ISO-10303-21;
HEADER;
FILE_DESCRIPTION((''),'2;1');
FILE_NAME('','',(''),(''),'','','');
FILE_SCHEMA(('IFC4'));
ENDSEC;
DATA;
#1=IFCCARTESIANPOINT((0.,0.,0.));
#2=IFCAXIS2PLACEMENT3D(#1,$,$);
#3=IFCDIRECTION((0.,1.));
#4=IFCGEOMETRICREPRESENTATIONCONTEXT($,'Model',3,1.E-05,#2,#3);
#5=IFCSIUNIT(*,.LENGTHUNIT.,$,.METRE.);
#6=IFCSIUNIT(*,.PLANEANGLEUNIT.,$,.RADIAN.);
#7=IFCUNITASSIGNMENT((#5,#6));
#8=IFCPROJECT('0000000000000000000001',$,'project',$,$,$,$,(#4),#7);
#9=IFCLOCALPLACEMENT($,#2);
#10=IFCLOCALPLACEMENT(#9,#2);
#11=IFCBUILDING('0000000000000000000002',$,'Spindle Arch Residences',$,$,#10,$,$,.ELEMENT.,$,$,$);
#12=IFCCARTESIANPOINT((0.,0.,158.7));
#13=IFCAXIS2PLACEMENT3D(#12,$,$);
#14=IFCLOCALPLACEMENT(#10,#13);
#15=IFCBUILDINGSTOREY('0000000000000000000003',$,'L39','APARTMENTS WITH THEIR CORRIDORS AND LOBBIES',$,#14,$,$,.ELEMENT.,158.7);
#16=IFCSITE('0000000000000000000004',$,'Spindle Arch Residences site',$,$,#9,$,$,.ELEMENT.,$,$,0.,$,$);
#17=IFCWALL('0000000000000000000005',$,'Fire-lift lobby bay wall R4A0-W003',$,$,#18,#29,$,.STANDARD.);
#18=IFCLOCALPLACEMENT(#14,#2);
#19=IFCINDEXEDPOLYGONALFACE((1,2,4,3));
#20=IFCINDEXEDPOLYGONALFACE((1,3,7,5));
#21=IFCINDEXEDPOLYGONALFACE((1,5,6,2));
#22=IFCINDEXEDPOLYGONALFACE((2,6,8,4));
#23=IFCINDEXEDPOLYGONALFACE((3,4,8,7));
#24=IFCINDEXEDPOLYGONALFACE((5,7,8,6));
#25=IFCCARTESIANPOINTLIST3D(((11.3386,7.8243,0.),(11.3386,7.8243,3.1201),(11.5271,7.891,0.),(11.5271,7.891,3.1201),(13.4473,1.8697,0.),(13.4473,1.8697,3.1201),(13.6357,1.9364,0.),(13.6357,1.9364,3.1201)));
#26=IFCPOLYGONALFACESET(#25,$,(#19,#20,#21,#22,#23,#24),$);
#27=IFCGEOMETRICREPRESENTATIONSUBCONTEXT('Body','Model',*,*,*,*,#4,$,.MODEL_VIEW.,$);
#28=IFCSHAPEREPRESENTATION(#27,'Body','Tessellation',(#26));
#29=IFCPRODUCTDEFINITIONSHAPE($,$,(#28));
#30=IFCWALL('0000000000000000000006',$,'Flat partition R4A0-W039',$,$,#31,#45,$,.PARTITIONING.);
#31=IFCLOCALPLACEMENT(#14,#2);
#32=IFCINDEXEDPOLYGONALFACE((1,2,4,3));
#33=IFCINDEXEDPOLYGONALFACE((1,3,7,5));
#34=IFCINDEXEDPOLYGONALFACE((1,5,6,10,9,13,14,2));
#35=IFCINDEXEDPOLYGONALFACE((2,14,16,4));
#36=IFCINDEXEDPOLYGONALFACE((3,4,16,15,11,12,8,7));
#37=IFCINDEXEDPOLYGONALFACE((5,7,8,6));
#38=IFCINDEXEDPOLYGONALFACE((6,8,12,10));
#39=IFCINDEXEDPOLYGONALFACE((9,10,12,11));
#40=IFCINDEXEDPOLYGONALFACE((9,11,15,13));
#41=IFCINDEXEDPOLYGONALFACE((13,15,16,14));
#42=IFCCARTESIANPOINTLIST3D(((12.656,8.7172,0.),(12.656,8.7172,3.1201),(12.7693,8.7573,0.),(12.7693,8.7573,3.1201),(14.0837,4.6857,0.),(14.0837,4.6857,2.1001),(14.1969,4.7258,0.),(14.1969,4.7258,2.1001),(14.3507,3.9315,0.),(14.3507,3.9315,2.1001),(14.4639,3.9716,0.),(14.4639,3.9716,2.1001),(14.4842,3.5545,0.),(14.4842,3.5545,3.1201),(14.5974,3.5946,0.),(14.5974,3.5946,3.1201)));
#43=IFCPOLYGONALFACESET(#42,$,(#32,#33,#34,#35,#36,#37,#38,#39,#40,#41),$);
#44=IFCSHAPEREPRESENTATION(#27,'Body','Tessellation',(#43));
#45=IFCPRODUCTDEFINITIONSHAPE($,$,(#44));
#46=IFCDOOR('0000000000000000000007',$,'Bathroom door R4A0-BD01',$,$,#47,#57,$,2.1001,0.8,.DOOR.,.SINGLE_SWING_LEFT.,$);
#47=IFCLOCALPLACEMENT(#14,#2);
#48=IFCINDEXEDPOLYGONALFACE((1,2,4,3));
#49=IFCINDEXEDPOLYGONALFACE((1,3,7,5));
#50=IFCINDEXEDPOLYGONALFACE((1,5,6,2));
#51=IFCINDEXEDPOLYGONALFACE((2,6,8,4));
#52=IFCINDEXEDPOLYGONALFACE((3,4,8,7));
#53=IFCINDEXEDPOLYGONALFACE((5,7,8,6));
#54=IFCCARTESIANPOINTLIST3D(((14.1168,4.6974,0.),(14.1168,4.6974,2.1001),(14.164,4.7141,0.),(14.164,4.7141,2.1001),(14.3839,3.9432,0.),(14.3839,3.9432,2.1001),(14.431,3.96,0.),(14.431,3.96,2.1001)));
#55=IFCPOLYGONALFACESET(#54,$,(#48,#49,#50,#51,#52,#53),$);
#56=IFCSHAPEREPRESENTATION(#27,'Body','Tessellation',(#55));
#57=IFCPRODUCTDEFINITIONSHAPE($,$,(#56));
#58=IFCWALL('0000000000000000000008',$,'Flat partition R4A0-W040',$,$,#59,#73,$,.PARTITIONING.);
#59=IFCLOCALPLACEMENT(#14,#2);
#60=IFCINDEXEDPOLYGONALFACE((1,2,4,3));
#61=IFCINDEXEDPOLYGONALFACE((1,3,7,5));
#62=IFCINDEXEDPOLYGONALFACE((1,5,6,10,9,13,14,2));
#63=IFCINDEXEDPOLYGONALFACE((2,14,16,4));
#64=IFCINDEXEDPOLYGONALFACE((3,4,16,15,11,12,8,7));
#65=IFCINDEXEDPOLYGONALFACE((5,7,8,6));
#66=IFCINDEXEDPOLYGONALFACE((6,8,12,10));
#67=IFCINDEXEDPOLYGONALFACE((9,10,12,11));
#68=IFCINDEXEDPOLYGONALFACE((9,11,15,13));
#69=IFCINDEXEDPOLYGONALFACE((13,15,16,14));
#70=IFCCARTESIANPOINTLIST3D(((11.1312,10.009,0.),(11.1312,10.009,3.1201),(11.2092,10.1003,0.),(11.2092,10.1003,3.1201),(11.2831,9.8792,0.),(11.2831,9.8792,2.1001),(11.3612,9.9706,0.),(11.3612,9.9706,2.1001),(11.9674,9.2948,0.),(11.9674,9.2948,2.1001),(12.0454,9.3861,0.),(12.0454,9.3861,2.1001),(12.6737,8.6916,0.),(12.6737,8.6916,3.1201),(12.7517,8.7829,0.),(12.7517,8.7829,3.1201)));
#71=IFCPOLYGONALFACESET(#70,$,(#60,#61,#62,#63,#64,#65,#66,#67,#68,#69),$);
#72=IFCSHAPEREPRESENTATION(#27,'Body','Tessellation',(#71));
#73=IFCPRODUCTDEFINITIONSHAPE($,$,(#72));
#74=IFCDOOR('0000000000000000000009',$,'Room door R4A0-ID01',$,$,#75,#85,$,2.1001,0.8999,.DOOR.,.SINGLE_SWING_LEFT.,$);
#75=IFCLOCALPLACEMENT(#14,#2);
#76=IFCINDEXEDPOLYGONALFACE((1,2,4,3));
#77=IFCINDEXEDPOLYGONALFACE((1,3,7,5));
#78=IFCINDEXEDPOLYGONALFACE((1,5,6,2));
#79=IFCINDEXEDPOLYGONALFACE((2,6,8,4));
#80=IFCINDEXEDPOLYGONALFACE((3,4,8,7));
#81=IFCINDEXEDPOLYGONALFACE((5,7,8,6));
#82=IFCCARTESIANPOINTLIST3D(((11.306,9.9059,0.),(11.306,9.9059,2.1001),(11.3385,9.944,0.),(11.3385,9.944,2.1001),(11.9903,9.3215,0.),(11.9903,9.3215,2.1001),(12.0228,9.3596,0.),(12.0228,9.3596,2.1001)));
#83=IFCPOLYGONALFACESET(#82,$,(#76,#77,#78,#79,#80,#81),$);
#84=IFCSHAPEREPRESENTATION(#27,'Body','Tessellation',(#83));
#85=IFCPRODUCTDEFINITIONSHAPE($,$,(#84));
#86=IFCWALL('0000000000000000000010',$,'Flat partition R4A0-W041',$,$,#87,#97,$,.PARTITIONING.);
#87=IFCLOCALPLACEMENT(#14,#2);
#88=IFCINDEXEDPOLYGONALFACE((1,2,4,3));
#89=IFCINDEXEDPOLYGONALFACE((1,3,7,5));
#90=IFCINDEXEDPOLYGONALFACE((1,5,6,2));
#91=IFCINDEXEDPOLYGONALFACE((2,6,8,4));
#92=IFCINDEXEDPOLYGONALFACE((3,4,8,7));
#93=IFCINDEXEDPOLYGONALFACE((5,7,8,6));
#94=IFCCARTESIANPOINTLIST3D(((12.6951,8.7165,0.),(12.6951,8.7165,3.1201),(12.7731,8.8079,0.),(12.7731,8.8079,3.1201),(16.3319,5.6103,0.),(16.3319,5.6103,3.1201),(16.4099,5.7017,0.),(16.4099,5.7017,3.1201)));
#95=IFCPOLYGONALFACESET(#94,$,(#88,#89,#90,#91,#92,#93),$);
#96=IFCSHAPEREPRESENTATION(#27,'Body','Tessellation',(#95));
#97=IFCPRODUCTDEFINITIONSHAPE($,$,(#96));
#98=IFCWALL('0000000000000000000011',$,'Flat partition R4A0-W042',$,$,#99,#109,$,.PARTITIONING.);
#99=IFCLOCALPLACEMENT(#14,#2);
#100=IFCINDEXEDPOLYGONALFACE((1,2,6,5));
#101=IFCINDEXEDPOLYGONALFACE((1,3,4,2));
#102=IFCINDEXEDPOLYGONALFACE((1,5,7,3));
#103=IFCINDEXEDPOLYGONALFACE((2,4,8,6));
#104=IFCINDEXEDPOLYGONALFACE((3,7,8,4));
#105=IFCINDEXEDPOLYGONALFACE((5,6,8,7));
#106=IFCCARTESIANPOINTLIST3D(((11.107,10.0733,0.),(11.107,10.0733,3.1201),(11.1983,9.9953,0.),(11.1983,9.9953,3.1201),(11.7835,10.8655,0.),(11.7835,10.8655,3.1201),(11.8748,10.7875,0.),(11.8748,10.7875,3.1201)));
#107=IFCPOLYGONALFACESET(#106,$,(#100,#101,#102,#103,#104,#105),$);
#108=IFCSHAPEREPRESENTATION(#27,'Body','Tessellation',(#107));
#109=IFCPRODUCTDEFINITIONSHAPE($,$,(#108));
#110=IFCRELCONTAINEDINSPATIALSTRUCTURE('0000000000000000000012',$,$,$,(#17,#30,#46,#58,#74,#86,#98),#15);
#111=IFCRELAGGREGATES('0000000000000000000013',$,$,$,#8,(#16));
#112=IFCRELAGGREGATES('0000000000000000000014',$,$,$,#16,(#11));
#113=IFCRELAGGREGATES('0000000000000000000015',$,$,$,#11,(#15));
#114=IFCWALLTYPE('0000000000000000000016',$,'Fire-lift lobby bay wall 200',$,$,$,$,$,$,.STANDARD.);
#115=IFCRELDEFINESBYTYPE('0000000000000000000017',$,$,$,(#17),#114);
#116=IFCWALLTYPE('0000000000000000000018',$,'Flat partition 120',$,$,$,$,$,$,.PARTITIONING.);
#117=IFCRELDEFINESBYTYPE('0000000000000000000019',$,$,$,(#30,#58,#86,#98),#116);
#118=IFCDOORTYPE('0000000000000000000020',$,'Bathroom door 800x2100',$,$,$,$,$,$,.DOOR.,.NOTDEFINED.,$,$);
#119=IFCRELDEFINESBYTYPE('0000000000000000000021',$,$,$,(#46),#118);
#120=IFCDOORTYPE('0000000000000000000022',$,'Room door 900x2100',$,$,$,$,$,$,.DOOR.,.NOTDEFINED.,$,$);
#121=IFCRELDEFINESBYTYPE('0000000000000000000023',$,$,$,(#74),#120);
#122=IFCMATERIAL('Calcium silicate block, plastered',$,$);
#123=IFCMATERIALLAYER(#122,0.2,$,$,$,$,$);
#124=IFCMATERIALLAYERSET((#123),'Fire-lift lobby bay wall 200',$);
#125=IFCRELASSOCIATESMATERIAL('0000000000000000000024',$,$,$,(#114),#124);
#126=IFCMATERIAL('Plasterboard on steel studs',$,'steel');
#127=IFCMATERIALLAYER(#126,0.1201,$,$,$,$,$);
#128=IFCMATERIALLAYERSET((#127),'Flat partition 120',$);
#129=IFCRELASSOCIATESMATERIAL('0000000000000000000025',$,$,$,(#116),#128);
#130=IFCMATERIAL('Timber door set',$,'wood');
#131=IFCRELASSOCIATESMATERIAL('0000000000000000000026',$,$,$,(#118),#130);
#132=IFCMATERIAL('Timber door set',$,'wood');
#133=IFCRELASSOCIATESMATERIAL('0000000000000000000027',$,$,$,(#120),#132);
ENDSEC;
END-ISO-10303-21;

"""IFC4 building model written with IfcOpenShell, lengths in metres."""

from ifc_helpers import new_model, si_unit, direction, frame, frame_2d, origin, place, context, subcontext, project, spatial, rectangle, extrude, material, layer, layer_set, type_object, element, fill, save


model = new_model("IFC4")

# Units and contexts
model_context = context("Model", 3, precision=1e-05, world=origin(), true_north=direction((0.0, 1.0)))
body_context = subcontext(model_context, "Body", "Model", "MODEL_VIEW")
ifc_project = project(units=[si_unit("LENGTHUNIT", "METRE"), si_unit("PLANEANGLEUNIT", "RADIAN")], contexts=[model_context])

# Site, building, storey
site_placement = place(None, origin())
site = spatial("IfcSite", under=ifc_project, at=site_placement, Name="Spindle Arch Residences site", CompositionType="ELEMENT", RefElevation=0.0)
building_placement = place(site_placement, origin())
building = spatial("IfcBuilding", under=site, at=building_placement, Name="Spindle Arch Residences", CompositionType="ELEMENT")
storey_placement = place(building_placement, frame((0.0, 0.0, 158.7)))
storey = spatial("IfcBuildingStorey", under=building, at=storey_placement, Name="L39", Description="APARTMENTS WITH THEIR CORRIDORS AND LOBBIES", CompositionType="ELEMENT", Elevation=158.7)

# Shared definitions
ifc_material_1 = material(Name="Calcium silicate block, plastered")
ifc_layer_1 = layer(ifc_material_1, 0.2)
ifc_layer_set_1 = layer_set([ifc_layer_1], Name="Fire-lift lobby bay wall 200")
wall_type_1 = type_object("IfcWallType", Name="Fire-lift lobby bay wall 200", PredefinedType="STANDARD", material=ifc_layer_set_1)

# Wall
wall_1_placement = place(storey_placement, frame((13.5415, 1.9031, 0.0), z_axis=(0.0, 0.0, 1.0), x_axis=(-0.333809, 0.942641, 0.0)))
element("IfcWall", 1, at=wall_1_placement, inside=storey, type_object=wall_type_1, Name="Fire-lift lobby bay wall R4A0-W003", PredefinedType="STANDARD", context=body_context, shape_type="SweptSolid", body=[
    extrude(rectangle(XDim=6.3169, YDim=0.2, at=frame_2d((3.1584, 0.0))), origin(), (0.0, 0.0, 1.0), 3.1201),
])

# Walls, openings, doors
ifc_material_2 = material(Name="Plasterboard on steel studs", Category="steel")
ifc_layer_2 = layer(ifc_material_2, 0.1201)
ifc_layer_set_2 = layer_set([ifc_layer_2], Name="Flat partition 120")
wall_type_2 = type_object("IfcWallType", Name="Flat partition 120", PredefinedType="PARTITIONING", material=ifc_layer_set_2)
wall_2_placement = place(storey_placement, frame((14.5408, 3.5747, 0.0), z_axis=(0.0, 0.0, 1.0), x_axis=(-0.333799, 0.942644, 0.0)))
wall_2 = element("IfcWall", 2, at=wall_2_placement, inside=storey, type_object=wall_type_2, Name="Flat partition R4A0-W039", PredefinedType="PARTITIONING", context=body_context, shape_type="SweptSolid", body=[
    extrude(rectangle(XDim=5.4768, YDim=0.1201, at=frame_2d((2.7383, 0.0))), origin(), (0.0, 0.0, 1.0), 3.1201),
])
opening_1_placement = place(wall_2_placement, frame((0.3999, 0.0, 0.0)))
opening_1 = element("IfcOpeningElement", 3, at=opening_1_placement, cuts=wall_2, PredefinedType="OPENING", context=body_context, shape_type="SweptSolid", body=[
    extrude(rectangle(XDim=0.8, YDim=2.1001, at=frame_2d((0.3999, 1.05))), frame((0.0, 0.0701, 0.0), z_axis=(0.0, -1.0, 0.0), x_axis=(1.0, 0.0, 0.0)), (0.0, 0.0, 1.0), 0.1401),
])
ifc_material_3 = material(Name="Timber door set", Category="wood")
door_type_1 = type_object("IfcDoorType", Name="Bathroom door 800x2100", OperationType="NOTDEFINED", PredefinedType="DOOR", material=ifc_material_3)
door_1_placement = place(opening_1_placement, origin())
door_1 = element("IfcDoor", 4, at=door_1_placement, inside=storey, type_object=door_type_1, Name="Bathroom door R4A0-BD01", OperationType="SINGLE_SWING_LEFT", OverallHeight=2.1001, OverallWidth=0.8, PredefinedType="DOOR", context=body_context, shape_type="SweptSolid", body=[
    extrude(rectangle(XDim=0.8, YDim=2.1001, at=frame_2d((0.3999, 1.05))), frame((0.0, 0.0249, 0.0), z_axis=(0.0, -1.0, 0.0), x_axis=(1.0, 0.0, 0.0)), (0.0, 0.0, 1.0), 0.05),
])
fill(opening_1, door_1)
wall_3_placement = place(storey_placement, frame((12.7126, 8.7373, 0.0), z_axis=(0.0, 0.0, 1.0), x_axis=(-0.760411, 0.649442, 0.0)))
wall_3 = element("IfcWall", 5, at=wall_3_placement, inside=storey, type_object=wall_type_2, Name="Flat partition R4A0-W040", PredefinedType="PARTITIONING", context=body_context, shape_type="SweptSolid", body=[
    extrude(rectangle(XDim=2.0286, YDim=0.1201, at=frame_2d((1.0142, 0.0))), origin(), (0.0, 0.0, 1.0), 3.1201),
])
opening_2_placement = place(wall_3_placement, frame((0.9287, 0.0, 0.0)))
opening_2 = element("IfcOpeningElement", 6, at=opening_2_placement, cuts=wall_3, PredefinedType="OPENING", context=body_context, shape_type="SweptSolid", body=[
    extrude(rectangle(XDim=0.8999, YDim=2.1001, at=frame_2d((0.45, 1.05))), frame((0.0, 0.0701, 0.0), z_axis=(0.0, -1.0, 0.0), x_axis=(1.0, 0.0, 0.0)), (0.0, 0.0, 1.0), 0.1401),
])
ifc_material_4 = material(Name="Timber door set", Category="wood")
door_type_2 = type_object("IfcDoorType", Name="Room door 900x2100", OperationType="NOTDEFINED", PredefinedType="DOOR", material=ifc_material_4)
door_2_placement = place(opening_2_placement, origin())
door_2 = element("IfcDoor", 7, at=door_2_placement, inside=storey, type_object=door_type_2, Name="Room door R4A0-ID01", OperationType="SINGLE_SWING_LEFT", OverallHeight=2.1001, OverallWidth=0.8999, PredefinedType="DOOR", context=body_context, shape_type="SweptSolid", body=[
    extrude(rectangle(XDim=0.8999, YDim=2.1001, at=frame_2d((0.45, 1.05))), frame((0.0, 0.0249, 0.0), z_axis=(0.0, -1.0, 0.0), x_axis=(1.0, 0.0, 0.0)), (0.0, 0.0, 1.0), 0.05),
])
fill(opening_2, door_2)

# Walls
wall_4_placement = place(storey_placement, frame((12.7341, 8.7622, 0.0), z_axis=(0.0, 0.0, 1.0), x_axis=(0.76039, -0.649466, 0.0)))
element("IfcWall", 8, at=wall_4_placement, inside=storey, type_object=wall_type_2, Name="Flat partition R4A0-W041", PredefinedType="PARTITIONING", context=body_context, shape_type="SweptSolid", body=[
    extrude(rectangle(XDim=4.7827, YDim=0.1201, at=frame_2d((2.3914, 0.0))), origin(), (0.0, 0.0, 1.0), 3.1201),
])
wall_5_placement = place(storey_placement, frame((11.1526, 10.0342, 0.0), z_axis=(0.0, 0.0, 1.0), x_axis=(0.649381, 0.760463, 0.0)))
element("IfcWall", 9, at=wall_5_placement, inside=storey, type_object=wall_type_2, Name="Flat partition R4A0-W042", PredefinedType="PARTITIONING", context=body_context, shape_type="SweptSolid", body=[
    extrude(rectangle(XDim=1.0417, YDim=0.1201, at=frame_2d((0.521, 0.0))), origin(), (0.0, 0.0, 1.0), 3.1201),
])

save(model, "model.ifc")
